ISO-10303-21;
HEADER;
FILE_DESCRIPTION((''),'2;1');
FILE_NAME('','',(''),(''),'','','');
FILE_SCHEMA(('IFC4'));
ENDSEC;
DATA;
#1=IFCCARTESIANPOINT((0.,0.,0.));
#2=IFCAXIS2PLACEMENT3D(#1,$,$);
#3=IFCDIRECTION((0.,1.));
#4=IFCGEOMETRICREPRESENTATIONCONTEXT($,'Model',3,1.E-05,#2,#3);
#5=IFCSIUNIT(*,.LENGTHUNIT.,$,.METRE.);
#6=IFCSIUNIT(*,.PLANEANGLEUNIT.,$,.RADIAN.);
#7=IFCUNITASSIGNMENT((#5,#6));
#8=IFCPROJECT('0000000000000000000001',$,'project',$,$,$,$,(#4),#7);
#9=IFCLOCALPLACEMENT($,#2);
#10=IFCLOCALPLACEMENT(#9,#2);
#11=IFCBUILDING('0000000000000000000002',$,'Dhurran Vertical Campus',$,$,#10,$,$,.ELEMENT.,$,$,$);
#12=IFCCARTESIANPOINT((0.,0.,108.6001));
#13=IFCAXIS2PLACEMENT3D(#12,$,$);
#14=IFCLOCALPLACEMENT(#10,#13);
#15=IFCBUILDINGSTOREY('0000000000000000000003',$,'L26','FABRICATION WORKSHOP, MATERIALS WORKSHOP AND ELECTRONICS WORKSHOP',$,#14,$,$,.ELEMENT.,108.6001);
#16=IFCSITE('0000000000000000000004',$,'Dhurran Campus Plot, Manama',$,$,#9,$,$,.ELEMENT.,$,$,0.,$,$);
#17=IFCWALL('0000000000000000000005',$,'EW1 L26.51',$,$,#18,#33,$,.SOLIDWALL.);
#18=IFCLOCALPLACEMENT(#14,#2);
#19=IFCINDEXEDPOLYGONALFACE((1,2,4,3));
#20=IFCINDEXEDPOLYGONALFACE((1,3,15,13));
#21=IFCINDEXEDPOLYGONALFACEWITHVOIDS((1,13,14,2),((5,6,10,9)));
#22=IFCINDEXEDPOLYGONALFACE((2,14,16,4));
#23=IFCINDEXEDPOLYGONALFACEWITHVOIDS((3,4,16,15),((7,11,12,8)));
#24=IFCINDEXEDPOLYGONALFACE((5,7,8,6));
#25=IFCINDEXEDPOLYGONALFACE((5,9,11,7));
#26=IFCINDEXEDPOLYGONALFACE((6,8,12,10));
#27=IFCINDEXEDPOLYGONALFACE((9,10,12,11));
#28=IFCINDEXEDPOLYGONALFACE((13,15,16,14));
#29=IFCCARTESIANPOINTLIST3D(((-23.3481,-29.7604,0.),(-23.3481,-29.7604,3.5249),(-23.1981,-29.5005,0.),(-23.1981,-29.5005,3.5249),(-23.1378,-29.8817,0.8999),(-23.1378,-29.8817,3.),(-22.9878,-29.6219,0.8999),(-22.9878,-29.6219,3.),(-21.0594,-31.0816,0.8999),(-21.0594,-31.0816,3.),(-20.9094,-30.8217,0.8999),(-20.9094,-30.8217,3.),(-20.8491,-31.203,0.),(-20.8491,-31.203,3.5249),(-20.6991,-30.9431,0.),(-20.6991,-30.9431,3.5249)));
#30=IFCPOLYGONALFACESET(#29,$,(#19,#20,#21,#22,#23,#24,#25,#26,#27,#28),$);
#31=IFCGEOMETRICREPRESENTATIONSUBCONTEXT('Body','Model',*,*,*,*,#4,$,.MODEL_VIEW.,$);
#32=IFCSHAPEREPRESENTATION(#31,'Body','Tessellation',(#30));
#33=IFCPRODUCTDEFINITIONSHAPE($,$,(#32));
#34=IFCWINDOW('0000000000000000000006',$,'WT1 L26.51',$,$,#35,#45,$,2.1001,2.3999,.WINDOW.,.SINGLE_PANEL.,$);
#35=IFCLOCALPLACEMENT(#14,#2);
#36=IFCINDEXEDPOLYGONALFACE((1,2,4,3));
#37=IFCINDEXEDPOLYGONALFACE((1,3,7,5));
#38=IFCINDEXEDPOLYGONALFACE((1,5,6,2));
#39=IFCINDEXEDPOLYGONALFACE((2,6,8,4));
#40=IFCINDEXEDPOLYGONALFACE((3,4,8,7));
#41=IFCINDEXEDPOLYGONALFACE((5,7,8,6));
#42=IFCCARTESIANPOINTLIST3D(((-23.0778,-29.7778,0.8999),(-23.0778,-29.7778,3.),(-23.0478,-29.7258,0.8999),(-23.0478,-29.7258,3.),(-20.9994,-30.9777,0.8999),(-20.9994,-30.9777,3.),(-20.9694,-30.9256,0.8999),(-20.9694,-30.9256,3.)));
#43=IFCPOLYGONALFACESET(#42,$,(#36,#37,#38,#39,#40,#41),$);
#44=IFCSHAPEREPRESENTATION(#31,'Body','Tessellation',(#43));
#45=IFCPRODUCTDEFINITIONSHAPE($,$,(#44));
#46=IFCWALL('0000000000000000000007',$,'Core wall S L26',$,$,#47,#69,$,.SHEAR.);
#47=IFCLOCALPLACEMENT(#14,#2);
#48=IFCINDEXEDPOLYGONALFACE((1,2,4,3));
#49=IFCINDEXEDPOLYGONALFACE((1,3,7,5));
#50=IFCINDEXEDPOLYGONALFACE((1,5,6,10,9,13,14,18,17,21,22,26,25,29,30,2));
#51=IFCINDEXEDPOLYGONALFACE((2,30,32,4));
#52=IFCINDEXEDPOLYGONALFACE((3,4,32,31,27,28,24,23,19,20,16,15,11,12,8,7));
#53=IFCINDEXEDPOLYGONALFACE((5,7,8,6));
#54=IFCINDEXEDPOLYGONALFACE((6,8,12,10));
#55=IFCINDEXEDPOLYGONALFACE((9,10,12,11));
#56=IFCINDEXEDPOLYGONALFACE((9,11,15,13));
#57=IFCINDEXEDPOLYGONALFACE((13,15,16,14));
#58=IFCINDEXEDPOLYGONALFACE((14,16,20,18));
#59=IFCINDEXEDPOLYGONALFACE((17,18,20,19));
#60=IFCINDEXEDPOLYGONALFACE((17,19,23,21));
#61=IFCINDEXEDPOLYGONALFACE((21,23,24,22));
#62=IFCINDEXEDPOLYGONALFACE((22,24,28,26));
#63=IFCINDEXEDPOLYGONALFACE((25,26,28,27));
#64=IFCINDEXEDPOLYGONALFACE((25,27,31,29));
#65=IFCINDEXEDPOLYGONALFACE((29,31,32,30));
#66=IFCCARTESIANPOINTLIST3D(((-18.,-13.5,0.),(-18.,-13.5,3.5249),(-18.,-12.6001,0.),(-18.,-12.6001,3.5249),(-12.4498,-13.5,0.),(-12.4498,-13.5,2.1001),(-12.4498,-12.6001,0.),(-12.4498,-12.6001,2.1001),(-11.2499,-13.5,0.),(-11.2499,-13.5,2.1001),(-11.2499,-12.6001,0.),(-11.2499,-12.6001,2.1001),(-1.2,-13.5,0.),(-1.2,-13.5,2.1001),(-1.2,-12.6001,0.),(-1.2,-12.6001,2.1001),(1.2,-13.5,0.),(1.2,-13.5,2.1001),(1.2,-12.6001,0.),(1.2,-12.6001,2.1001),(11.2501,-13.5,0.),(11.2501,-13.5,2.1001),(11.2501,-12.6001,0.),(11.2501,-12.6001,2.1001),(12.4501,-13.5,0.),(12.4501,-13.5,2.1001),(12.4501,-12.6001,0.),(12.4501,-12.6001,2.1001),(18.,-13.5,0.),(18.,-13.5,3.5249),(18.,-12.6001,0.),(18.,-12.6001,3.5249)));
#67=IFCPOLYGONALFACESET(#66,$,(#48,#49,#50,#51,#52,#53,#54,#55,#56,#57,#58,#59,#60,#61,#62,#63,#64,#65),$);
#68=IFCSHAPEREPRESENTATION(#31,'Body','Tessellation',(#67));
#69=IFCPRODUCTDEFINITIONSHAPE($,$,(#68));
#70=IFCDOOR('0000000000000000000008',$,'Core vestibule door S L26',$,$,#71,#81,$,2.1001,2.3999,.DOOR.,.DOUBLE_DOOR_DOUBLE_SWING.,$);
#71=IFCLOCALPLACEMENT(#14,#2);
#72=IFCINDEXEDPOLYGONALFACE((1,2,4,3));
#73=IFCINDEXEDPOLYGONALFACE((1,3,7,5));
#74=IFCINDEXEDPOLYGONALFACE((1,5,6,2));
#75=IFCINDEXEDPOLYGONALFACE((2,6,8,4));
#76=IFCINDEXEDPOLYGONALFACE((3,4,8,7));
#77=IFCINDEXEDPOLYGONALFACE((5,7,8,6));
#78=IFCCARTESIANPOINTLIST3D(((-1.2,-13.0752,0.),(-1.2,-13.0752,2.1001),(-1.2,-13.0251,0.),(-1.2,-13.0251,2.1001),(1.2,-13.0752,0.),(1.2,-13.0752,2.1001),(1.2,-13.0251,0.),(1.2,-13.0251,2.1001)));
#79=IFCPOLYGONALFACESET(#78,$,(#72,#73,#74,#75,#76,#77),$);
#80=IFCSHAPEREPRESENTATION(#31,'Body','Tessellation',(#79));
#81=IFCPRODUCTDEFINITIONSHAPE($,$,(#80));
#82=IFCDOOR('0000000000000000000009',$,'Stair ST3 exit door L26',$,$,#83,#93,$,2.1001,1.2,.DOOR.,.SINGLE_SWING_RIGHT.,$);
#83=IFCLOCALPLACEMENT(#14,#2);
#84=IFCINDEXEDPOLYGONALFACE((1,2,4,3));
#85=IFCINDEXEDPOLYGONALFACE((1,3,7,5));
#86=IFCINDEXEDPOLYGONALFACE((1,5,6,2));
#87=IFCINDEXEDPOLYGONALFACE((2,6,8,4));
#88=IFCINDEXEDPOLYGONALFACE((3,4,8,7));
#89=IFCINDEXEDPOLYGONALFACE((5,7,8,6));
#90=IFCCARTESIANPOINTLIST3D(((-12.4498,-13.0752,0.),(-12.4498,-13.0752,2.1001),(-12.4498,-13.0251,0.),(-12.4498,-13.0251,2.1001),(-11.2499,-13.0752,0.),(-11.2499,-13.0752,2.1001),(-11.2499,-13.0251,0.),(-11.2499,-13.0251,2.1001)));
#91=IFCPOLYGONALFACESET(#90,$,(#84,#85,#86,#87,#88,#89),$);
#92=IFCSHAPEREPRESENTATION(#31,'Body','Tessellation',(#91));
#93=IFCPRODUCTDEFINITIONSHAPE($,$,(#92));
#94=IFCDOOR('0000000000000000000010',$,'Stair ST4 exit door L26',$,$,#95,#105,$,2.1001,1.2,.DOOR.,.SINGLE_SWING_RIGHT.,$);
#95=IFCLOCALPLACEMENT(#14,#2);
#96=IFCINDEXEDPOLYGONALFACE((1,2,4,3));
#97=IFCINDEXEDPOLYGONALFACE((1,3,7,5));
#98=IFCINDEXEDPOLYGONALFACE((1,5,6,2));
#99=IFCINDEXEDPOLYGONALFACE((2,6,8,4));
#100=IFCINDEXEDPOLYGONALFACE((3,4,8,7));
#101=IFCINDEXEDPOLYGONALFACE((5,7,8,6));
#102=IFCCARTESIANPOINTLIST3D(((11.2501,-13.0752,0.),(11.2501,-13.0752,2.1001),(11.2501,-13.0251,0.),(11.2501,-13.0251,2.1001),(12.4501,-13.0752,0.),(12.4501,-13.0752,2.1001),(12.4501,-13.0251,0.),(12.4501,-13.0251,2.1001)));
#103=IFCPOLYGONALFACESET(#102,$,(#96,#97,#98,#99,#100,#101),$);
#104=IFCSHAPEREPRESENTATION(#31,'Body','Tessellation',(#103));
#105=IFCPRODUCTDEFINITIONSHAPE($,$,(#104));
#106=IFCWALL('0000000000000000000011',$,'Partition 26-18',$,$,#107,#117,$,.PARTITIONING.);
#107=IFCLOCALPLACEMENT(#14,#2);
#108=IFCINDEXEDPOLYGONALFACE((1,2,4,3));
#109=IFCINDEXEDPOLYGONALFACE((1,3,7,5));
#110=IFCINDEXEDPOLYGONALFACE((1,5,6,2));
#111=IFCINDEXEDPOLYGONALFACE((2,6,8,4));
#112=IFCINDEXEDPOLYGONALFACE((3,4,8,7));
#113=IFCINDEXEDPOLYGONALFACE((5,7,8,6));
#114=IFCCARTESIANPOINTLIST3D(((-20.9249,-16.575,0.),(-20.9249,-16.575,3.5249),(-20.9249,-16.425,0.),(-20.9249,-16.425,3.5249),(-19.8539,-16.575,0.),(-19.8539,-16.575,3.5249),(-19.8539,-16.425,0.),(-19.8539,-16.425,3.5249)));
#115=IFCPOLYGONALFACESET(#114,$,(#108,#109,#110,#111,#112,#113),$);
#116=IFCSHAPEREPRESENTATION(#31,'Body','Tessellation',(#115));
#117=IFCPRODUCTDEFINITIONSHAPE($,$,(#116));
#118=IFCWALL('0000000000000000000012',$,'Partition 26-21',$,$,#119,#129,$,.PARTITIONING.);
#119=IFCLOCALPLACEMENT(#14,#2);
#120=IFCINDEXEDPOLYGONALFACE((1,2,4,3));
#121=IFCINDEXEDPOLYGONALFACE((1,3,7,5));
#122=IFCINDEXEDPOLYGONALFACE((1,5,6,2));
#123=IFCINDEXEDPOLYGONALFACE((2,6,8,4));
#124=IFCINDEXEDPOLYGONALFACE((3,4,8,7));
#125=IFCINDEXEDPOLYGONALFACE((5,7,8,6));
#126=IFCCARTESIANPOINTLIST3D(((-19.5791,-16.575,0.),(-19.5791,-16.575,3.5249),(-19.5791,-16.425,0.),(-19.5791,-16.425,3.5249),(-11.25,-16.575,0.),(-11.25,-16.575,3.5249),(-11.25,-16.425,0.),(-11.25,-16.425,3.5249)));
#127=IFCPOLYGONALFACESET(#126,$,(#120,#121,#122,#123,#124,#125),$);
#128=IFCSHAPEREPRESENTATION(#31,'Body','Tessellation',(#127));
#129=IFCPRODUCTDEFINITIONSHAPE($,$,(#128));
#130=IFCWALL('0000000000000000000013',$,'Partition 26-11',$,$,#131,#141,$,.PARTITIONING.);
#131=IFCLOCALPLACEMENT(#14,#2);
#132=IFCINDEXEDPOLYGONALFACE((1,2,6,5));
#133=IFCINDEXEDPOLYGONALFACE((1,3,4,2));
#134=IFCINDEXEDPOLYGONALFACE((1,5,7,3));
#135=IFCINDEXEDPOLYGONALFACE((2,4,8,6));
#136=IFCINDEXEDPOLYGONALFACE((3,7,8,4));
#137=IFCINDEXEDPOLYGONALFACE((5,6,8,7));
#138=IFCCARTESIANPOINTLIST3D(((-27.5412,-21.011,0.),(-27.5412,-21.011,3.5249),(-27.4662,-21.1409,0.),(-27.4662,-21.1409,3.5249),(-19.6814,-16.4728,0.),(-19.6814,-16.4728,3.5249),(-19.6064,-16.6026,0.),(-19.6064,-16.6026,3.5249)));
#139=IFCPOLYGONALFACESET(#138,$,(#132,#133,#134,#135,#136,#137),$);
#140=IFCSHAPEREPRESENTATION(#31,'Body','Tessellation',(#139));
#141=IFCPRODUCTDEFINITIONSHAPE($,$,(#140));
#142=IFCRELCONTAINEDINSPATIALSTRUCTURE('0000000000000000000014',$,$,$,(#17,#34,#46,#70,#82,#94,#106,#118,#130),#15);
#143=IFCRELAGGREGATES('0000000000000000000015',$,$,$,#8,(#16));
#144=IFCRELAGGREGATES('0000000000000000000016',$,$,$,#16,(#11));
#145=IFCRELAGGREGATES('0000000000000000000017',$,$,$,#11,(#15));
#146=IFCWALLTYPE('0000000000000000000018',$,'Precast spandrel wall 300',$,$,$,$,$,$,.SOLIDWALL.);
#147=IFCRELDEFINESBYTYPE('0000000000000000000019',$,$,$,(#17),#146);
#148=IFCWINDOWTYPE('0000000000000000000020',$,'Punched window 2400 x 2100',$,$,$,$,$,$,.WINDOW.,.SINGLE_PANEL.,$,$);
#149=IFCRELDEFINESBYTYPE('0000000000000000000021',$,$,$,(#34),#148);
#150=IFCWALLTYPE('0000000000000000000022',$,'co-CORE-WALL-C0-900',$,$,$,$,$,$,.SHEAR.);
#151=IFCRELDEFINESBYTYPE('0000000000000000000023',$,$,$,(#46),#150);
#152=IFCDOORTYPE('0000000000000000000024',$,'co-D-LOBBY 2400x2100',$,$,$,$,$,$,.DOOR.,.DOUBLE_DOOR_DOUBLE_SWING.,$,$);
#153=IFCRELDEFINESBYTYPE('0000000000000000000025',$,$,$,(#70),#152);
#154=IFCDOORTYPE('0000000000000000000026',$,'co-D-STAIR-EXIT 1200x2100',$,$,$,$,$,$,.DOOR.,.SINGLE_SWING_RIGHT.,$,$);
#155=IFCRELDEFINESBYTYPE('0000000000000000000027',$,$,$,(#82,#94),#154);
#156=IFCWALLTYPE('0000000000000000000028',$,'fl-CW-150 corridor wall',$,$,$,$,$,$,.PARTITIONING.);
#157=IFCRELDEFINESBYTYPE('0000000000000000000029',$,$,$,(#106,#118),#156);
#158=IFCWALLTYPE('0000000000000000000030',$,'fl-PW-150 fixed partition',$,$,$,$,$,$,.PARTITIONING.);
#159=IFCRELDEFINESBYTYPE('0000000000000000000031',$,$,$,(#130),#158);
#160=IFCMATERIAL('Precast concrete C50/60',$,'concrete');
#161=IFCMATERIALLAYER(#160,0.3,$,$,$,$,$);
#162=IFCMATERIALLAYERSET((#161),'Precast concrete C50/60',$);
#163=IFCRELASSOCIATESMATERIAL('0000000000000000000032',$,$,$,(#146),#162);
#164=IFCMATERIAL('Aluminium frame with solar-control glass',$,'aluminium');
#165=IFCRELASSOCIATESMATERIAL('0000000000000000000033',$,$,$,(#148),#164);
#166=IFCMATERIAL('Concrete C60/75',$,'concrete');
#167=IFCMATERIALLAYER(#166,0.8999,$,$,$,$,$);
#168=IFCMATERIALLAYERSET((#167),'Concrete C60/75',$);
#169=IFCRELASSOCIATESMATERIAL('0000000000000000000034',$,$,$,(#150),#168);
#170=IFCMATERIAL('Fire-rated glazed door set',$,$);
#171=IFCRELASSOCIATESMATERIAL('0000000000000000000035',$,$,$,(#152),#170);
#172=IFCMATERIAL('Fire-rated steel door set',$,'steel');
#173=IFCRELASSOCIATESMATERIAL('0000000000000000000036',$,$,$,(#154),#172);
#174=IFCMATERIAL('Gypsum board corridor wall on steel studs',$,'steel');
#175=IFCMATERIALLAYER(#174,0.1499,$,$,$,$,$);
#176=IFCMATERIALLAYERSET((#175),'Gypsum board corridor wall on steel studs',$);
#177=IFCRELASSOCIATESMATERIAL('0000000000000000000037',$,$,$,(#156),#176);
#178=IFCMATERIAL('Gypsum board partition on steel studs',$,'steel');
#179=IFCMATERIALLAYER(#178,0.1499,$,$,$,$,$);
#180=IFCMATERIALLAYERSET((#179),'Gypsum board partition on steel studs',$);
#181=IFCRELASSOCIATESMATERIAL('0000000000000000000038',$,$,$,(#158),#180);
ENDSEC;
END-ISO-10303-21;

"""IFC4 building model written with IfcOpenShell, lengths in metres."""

from ifc_helpers import new_model, si_unit, direction, frame, frame_2d, origin, place, context, subcontext, project, spatial, rectangle, extrude, material, layer, layer_set, type_object, element, fill, save


model = new_model("IFC4")

# Units and contexts
model_context = context("Model", 3, precision=1e-05, world=origin(), true_north=direction((0.0, 1.0)))
body_context = subcontext(model_context, "Body", "Model", "MODEL_VIEW")
ifc_project = project(units=[si_unit("LENGTHUNIT", "METRE"), si_unit("PLANEANGLEUNIT", "RADIAN")], contexts=[model_context])

# Site, building, storey
site_placement = place(None, origin())
site = spatial("IfcSite", under=ifc_project, at=site_placement, Name="Dhurran Campus Plot, Manama", CompositionType="ELEMENT", RefElevation=0.0)
building_placement = place(site_placement, origin())
building = spatial("IfcBuilding", under=site, at=building_placement, Name="Dhurran Vertical Campus", CompositionType="ELEMENT")
storey_placement = place(building_placement, frame((0.0, 0.0, 108.6001)))
storey = spatial("IfcBuildingStorey", under=building, at=storey_placement, Name="L26", Description="FABRICATION WORKSHOP, MATERIALS WORKSHOP AND ELECTRONICS WORKSHOP", CompositionType="ELEMENT", Elevation=108.6001)

# Wall, opening, window
ifc_material_1 = material(Name="Precast concrete C50/60", Category="concrete")
ifc_layer_1 = layer(ifc_material_1, 0.3)
ifc_layer_set_1 = layer_set([ifc_layer_1], Name="Precast concrete C50/60")
wall_type_1 = type_object("IfcWallType", Name="Precast spandrel wall 300", PredefinedType="SOLIDWALL", material=ifc_layer_set_1)
ifc_material_2 = material(Name="Aluminium frame with solar-control glass", Category="aluminium")
window_type = type_object("IfcWindowType", Name="Punched window 2400 x 2100", PartitioningType="SINGLE_PANEL", PredefinedType="WINDOW", material=ifc_material_2)
wall_1_placement = place(storey_placement, frame((-23.2732, -29.6304, 0.0), z_axis=(0.0, 0.0, 1.0), x_axis=(0.866053, -0.499952, 0.0)))
wall_1 = element("IfcWall", 1, at=wall_1_placement, inside=storey, type_object=wall_type_1, Name="EW1 L26.51", PredefinedType="SOLIDWALL", context=body_context, shape_type="SweptSolid", body=[
    extrude(rectangle(XDim=2.8855, YDim=0.3, at=frame_2d((1.4429, 0.0))), origin(), (0.0, 0.0, 1.0), 3.5249),
])
opening_1_placement = place(wall_1_placement, frame((0.2429, 0.0, 0.8999)))
opening_1 = element("IfcOpeningElement", 2, at=opening_1_placement, cuts=wall_1, PredefinedType="OPENING", context=body_context, shape_type="SweptSolid", body=[
    extrude(rectangle(XDim=2.3999, YDim=2.1001, at=frame_2d((1.2, 1.05))), frame((0.0, 0.1599, 0.0), z_axis=(0.0, -1.0, 0.0), x_axis=(1.0, 0.0, 0.0)), (0.0, 0.0, 1.0), 0.3201),
])
window_1_placement = place(opening_1_placement, origin())
window_1 = element("IfcWindow", 3, at=window_1_placement, inside=storey, type_object=window_type, Name="WT1 L26.51", OverallHeight=2.1001, OverallWidth=2.3999, PartitioningType="SINGLE_PANEL", PredefinedType="WINDOW", context=body_context, shape_type="SweptSolid", body=[
    extrude(rectangle(XDim=2.3999, YDim=2.1001, at=frame_2d((1.2, 1.05))), frame((0.0, 0.03, 0.0), z_axis=(0.0, -1.0, 0.0), x_axis=(1.0, 0.0, 0.0)), (0.0, 0.0, 1.0), 0.0601),
])
fill(opening_1, window_1)

# Wall, openings, doors
ifc_material_3 = material(Name="Concrete C60/75", Category="concrete")
ifc_layer_2 = layer(ifc_material_3, 0.8999)
ifc_layer_set_2 = layer_set([ifc_layer_2], Name="Concrete C60/75")
wall_type_2 = type_object("IfcWallType", Name="co-CORE-WALL-C0-900", PredefinedType="SHEAR", material=ifc_layer_set_2)
wall_2_placement = place(storey_placement, frame((-18.0, -13.05, 0.0), z_axis=(0.0, 0.0, 1.0), x_axis=(1.0, 0.0, 0.0)))
wall_2 = element("IfcWall", 4, at=wall_2_placement, inside=storey, type_object=wall_type_2, Name="Core wall S L26", PredefinedType="SHEAR", context=body_context, shape_type="SweptSolid", body=[
    extrude(rectangle(XDim=36.0, YDim=0.8999, at=frame_2d((18.0, 0.0))), origin(), (0.0, 0.0, 1.0), 3.5249),
])
opening_2_placement = place(wall_2_placement, frame((16.8, 0.0, 0.0)))
opening_2 = element("IfcOpeningElement", 5, at=opening_2_placement, cuts=wall_2, PredefinedType="OPENING", context=body_context, shape_type="SweptSolid", body=[
    extrude(rectangle(XDim=2.3999, YDim=2.1001, at=frame_2d((1.2, 1.05))), frame((0.0, 0.46, 0.0), z_axis=(0.0, -1.0, 0.0), x_axis=(1.0, 0.0, 0.0)), (0.0, 0.0, 1.0), 0.9199),
])
opening_3_placement = place(wall_2_placement, frame((5.55, 0.0, 0.0)))
opening_3 = element("IfcOpeningElement", 6, at=opening_3_placement, cuts=wall_2, PredefinedType="OPENING", context=body_context, shape_type="SweptSolid", body=[
    extrude(rectangle(XDim=1.2, YDim=2.1001, at=frame_2d((0.6001, 1.05))), frame((0.0, 0.46, 0.0), z_axis=(0.0, -1.0, 0.0), x_axis=(1.0, 0.0, 0.0)), (0.0, 0.0, 1.0), 0.9199),
])
opening_4_placement = place(wall_2_placement, frame((29.25, 0.0, 0.0)))
opening_4 = element("IfcOpeningElement", 7, at=opening_4_placement, cuts=wall_2, PredefinedType="OPENING", context=body_context, shape_type="SweptSolid", body=[
    extrude(rectangle(XDim=1.2, YDim=2.1001, at=frame_2d((0.6001, 1.05))), frame((0.0, 0.46, 0.0), z_axis=(0.0, -1.0, 0.0), x_axis=(1.0, 0.0, 0.0)), (0.0, 0.0, 1.0), 0.9199),
])
ifc_material_4 = material(Name="Fire-rated glazed door set")
door_type_1 = type_object("IfcDoorType", Name="co-D-LOBBY 2400x2100", OperationType="DOUBLE_DOOR_DOUBLE_SWING", PredefinedType="DOOR", material=ifc_material_4)
door_1_placement = place(opening_2_placement, origin())
door_1 = element("IfcDoor", 8, at=door_1_placement, inside=storey, type_object=door_type_1, Name="Core vestibule door S L26", OperationType="DOUBLE_DOOR_DOUBLE_SWING", OverallHeight=2.1001, OverallWidth=2.3999, PredefinedType="DOOR", context=body_context, shape_type="SweptSolid", body=[
    extrude(rectangle(XDim=2.3999, YDim=2.1001, at=frame_2d((1.2, 1.05))), frame((0.0, 0.0249, 0.0), z_axis=(0.0, -1.0, 0.0), x_axis=(1.0, 0.0, 0.0)), (0.0, 0.0, 1.0), 0.05),
])
fill(opening_2, door_1)
ifc_material_5 = material(Name="Fire-rated steel door set", Category="steel")
door_type_2 = type_object("IfcDoorType", Name="co-D-STAIR-EXIT 1200x2100", OperationType="SINGLE_SWING_RIGHT", PredefinedType="DOOR", material=ifc_material_5)
door_2_placement = place(opening_3_placement, origin())
door_2 = element("IfcDoor", 9, at=door_2_placement, inside=storey, type_object=door_type_2, Name="Stair ST3 exit door L26", OperationType="SINGLE_SWING_RIGHT", OverallHeight=2.1001, OverallWidth=1.2, PredefinedType="DOOR", context=body_context, shape_type="SweptSolid", body=[
    extrude(rectangle(XDim=1.2, YDim=2.1001, at=frame_2d((0.6001, 1.05))), frame((0.0, 0.0249, 0.0), z_axis=(0.0, -1.0, 0.0), x_axis=(1.0, 0.0, 0.0)), (0.0, 0.0, 1.0), 0.05),
])
fill(opening_3, door_2)
door_3_placement = place(opening_4_placement, origin())
door_3 = element("IfcDoor", 10, at=door_3_placement, inside=storey, type_object=door_type_2, Name="Stair ST4 exit door L26", OperationType="SINGLE_SWING_RIGHT", OverallHeight=2.1001, OverallWidth=1.2, PredefinedType="DOOR", context=body_context, shape_type="SweptSolid", body=[
    extrude(rectangle(XDim=1.2, YDim=2.1001, at=frame_2d((0.6001, 1.05))), frame((0.0, 0.0249, 0.0), z_axis=(0.0, -1.0, 0.0), x_axis=(1.0, 0.0, 0.0)), (0.0, 0.0, 1.0), 0.05),
])
fill(opening_4, door_3)

# Walls
ifc_material_6 = material(Name="Gypsum board corridor wall on steel studs", Category="steel")
ifc_layer_3 = layer(ifc_material_6, 0.1499)
ifc_layer_set_3 = layer_set([ifc_layer_3], Name="Gypsum board corridor wall on steel studs")
wall_type_3 = type_object("IfcWallType", Name="fl-CW-150 corridor wall", PredefinedType="PARTITIONING", material=ifc_layer_set_3)
wall_3_placement = place(storey_placement, frame((-20.925, -16.5, 0.0), z_axis=(0.0, 0.0, 1.0), x_axis=(1.0, 0.0, 0.0)))
element("IfcWall", 11, at=wall_3_placement, inside=storey, type_object=wall_type_3, Name="Partition 26-18", PredefinedType="PARTITIONING", context=body_context, shape_type="SweptSolid", body=[
    extrude(rectangle(XDim=1.071, YDim=0.1499, at=frame_2d((0.5356, 0.0))), origin(), (0.0, 0.0, 1.0), 3.5249),
])
wall_4_placement = place(storey_placement, frame((-19.5791, -16.5, 0.0), z_axis=(0.0, 0.0, 1.0), x_axis=(1.0, 0.0, 0.0)))
element("IfcWall", 12, at=wall_4_placement, inside=storey, type_object=wall_type_3, Name="Partition 26-21", PredefinedType="PARTITIONING", context=body_context, shape_type="SweptSolid", body=[
    extrude(rectangle(XDim=8.3291, YDim=0.1499, at=frame_2d((4.1646, 0.0))), origin(), (0.0, 0.0, 1.0), 3.5249),
])
ifc_material_7 = material(Name="Gypsum board partition on steel studs", Category="steel")
ifc_layer_4 = layer(ifc_material_7, 0.1499)
ifc_layer_set_4 = layer_set([ifc_layer_4], Name="Gypsum board partition on steel studs")
wall_type_4 = type_object("IfcWallType", Name="fl-PW-150 fixed partition", PredefinedType="PARTITIONING", material=ifc_layer_set_4)
wall_5_placement = place(storey_placement, frame((-19.6438, -16.5376, 0.0), z_axis=(0.0, 0.0, 1.0), x_axis=(-0.866005, -0.500036, 0.0)))
element("IfcWall", 13, at=wall_5_placement, inside=storey, type_object=wall_type_4, Name="Partition 26-11", PredefinedType="PARTITIONING", context=body_context, shape_type="SweptSolid", body=[
    extrude(rectangle(XDim=9.0759, YDim=0.1499, at=frame_2d((4.5381, 0.0))), origin(), (0.0, 0.0, 1.0), 3.5249),
])

save(model, "model.ifc")
